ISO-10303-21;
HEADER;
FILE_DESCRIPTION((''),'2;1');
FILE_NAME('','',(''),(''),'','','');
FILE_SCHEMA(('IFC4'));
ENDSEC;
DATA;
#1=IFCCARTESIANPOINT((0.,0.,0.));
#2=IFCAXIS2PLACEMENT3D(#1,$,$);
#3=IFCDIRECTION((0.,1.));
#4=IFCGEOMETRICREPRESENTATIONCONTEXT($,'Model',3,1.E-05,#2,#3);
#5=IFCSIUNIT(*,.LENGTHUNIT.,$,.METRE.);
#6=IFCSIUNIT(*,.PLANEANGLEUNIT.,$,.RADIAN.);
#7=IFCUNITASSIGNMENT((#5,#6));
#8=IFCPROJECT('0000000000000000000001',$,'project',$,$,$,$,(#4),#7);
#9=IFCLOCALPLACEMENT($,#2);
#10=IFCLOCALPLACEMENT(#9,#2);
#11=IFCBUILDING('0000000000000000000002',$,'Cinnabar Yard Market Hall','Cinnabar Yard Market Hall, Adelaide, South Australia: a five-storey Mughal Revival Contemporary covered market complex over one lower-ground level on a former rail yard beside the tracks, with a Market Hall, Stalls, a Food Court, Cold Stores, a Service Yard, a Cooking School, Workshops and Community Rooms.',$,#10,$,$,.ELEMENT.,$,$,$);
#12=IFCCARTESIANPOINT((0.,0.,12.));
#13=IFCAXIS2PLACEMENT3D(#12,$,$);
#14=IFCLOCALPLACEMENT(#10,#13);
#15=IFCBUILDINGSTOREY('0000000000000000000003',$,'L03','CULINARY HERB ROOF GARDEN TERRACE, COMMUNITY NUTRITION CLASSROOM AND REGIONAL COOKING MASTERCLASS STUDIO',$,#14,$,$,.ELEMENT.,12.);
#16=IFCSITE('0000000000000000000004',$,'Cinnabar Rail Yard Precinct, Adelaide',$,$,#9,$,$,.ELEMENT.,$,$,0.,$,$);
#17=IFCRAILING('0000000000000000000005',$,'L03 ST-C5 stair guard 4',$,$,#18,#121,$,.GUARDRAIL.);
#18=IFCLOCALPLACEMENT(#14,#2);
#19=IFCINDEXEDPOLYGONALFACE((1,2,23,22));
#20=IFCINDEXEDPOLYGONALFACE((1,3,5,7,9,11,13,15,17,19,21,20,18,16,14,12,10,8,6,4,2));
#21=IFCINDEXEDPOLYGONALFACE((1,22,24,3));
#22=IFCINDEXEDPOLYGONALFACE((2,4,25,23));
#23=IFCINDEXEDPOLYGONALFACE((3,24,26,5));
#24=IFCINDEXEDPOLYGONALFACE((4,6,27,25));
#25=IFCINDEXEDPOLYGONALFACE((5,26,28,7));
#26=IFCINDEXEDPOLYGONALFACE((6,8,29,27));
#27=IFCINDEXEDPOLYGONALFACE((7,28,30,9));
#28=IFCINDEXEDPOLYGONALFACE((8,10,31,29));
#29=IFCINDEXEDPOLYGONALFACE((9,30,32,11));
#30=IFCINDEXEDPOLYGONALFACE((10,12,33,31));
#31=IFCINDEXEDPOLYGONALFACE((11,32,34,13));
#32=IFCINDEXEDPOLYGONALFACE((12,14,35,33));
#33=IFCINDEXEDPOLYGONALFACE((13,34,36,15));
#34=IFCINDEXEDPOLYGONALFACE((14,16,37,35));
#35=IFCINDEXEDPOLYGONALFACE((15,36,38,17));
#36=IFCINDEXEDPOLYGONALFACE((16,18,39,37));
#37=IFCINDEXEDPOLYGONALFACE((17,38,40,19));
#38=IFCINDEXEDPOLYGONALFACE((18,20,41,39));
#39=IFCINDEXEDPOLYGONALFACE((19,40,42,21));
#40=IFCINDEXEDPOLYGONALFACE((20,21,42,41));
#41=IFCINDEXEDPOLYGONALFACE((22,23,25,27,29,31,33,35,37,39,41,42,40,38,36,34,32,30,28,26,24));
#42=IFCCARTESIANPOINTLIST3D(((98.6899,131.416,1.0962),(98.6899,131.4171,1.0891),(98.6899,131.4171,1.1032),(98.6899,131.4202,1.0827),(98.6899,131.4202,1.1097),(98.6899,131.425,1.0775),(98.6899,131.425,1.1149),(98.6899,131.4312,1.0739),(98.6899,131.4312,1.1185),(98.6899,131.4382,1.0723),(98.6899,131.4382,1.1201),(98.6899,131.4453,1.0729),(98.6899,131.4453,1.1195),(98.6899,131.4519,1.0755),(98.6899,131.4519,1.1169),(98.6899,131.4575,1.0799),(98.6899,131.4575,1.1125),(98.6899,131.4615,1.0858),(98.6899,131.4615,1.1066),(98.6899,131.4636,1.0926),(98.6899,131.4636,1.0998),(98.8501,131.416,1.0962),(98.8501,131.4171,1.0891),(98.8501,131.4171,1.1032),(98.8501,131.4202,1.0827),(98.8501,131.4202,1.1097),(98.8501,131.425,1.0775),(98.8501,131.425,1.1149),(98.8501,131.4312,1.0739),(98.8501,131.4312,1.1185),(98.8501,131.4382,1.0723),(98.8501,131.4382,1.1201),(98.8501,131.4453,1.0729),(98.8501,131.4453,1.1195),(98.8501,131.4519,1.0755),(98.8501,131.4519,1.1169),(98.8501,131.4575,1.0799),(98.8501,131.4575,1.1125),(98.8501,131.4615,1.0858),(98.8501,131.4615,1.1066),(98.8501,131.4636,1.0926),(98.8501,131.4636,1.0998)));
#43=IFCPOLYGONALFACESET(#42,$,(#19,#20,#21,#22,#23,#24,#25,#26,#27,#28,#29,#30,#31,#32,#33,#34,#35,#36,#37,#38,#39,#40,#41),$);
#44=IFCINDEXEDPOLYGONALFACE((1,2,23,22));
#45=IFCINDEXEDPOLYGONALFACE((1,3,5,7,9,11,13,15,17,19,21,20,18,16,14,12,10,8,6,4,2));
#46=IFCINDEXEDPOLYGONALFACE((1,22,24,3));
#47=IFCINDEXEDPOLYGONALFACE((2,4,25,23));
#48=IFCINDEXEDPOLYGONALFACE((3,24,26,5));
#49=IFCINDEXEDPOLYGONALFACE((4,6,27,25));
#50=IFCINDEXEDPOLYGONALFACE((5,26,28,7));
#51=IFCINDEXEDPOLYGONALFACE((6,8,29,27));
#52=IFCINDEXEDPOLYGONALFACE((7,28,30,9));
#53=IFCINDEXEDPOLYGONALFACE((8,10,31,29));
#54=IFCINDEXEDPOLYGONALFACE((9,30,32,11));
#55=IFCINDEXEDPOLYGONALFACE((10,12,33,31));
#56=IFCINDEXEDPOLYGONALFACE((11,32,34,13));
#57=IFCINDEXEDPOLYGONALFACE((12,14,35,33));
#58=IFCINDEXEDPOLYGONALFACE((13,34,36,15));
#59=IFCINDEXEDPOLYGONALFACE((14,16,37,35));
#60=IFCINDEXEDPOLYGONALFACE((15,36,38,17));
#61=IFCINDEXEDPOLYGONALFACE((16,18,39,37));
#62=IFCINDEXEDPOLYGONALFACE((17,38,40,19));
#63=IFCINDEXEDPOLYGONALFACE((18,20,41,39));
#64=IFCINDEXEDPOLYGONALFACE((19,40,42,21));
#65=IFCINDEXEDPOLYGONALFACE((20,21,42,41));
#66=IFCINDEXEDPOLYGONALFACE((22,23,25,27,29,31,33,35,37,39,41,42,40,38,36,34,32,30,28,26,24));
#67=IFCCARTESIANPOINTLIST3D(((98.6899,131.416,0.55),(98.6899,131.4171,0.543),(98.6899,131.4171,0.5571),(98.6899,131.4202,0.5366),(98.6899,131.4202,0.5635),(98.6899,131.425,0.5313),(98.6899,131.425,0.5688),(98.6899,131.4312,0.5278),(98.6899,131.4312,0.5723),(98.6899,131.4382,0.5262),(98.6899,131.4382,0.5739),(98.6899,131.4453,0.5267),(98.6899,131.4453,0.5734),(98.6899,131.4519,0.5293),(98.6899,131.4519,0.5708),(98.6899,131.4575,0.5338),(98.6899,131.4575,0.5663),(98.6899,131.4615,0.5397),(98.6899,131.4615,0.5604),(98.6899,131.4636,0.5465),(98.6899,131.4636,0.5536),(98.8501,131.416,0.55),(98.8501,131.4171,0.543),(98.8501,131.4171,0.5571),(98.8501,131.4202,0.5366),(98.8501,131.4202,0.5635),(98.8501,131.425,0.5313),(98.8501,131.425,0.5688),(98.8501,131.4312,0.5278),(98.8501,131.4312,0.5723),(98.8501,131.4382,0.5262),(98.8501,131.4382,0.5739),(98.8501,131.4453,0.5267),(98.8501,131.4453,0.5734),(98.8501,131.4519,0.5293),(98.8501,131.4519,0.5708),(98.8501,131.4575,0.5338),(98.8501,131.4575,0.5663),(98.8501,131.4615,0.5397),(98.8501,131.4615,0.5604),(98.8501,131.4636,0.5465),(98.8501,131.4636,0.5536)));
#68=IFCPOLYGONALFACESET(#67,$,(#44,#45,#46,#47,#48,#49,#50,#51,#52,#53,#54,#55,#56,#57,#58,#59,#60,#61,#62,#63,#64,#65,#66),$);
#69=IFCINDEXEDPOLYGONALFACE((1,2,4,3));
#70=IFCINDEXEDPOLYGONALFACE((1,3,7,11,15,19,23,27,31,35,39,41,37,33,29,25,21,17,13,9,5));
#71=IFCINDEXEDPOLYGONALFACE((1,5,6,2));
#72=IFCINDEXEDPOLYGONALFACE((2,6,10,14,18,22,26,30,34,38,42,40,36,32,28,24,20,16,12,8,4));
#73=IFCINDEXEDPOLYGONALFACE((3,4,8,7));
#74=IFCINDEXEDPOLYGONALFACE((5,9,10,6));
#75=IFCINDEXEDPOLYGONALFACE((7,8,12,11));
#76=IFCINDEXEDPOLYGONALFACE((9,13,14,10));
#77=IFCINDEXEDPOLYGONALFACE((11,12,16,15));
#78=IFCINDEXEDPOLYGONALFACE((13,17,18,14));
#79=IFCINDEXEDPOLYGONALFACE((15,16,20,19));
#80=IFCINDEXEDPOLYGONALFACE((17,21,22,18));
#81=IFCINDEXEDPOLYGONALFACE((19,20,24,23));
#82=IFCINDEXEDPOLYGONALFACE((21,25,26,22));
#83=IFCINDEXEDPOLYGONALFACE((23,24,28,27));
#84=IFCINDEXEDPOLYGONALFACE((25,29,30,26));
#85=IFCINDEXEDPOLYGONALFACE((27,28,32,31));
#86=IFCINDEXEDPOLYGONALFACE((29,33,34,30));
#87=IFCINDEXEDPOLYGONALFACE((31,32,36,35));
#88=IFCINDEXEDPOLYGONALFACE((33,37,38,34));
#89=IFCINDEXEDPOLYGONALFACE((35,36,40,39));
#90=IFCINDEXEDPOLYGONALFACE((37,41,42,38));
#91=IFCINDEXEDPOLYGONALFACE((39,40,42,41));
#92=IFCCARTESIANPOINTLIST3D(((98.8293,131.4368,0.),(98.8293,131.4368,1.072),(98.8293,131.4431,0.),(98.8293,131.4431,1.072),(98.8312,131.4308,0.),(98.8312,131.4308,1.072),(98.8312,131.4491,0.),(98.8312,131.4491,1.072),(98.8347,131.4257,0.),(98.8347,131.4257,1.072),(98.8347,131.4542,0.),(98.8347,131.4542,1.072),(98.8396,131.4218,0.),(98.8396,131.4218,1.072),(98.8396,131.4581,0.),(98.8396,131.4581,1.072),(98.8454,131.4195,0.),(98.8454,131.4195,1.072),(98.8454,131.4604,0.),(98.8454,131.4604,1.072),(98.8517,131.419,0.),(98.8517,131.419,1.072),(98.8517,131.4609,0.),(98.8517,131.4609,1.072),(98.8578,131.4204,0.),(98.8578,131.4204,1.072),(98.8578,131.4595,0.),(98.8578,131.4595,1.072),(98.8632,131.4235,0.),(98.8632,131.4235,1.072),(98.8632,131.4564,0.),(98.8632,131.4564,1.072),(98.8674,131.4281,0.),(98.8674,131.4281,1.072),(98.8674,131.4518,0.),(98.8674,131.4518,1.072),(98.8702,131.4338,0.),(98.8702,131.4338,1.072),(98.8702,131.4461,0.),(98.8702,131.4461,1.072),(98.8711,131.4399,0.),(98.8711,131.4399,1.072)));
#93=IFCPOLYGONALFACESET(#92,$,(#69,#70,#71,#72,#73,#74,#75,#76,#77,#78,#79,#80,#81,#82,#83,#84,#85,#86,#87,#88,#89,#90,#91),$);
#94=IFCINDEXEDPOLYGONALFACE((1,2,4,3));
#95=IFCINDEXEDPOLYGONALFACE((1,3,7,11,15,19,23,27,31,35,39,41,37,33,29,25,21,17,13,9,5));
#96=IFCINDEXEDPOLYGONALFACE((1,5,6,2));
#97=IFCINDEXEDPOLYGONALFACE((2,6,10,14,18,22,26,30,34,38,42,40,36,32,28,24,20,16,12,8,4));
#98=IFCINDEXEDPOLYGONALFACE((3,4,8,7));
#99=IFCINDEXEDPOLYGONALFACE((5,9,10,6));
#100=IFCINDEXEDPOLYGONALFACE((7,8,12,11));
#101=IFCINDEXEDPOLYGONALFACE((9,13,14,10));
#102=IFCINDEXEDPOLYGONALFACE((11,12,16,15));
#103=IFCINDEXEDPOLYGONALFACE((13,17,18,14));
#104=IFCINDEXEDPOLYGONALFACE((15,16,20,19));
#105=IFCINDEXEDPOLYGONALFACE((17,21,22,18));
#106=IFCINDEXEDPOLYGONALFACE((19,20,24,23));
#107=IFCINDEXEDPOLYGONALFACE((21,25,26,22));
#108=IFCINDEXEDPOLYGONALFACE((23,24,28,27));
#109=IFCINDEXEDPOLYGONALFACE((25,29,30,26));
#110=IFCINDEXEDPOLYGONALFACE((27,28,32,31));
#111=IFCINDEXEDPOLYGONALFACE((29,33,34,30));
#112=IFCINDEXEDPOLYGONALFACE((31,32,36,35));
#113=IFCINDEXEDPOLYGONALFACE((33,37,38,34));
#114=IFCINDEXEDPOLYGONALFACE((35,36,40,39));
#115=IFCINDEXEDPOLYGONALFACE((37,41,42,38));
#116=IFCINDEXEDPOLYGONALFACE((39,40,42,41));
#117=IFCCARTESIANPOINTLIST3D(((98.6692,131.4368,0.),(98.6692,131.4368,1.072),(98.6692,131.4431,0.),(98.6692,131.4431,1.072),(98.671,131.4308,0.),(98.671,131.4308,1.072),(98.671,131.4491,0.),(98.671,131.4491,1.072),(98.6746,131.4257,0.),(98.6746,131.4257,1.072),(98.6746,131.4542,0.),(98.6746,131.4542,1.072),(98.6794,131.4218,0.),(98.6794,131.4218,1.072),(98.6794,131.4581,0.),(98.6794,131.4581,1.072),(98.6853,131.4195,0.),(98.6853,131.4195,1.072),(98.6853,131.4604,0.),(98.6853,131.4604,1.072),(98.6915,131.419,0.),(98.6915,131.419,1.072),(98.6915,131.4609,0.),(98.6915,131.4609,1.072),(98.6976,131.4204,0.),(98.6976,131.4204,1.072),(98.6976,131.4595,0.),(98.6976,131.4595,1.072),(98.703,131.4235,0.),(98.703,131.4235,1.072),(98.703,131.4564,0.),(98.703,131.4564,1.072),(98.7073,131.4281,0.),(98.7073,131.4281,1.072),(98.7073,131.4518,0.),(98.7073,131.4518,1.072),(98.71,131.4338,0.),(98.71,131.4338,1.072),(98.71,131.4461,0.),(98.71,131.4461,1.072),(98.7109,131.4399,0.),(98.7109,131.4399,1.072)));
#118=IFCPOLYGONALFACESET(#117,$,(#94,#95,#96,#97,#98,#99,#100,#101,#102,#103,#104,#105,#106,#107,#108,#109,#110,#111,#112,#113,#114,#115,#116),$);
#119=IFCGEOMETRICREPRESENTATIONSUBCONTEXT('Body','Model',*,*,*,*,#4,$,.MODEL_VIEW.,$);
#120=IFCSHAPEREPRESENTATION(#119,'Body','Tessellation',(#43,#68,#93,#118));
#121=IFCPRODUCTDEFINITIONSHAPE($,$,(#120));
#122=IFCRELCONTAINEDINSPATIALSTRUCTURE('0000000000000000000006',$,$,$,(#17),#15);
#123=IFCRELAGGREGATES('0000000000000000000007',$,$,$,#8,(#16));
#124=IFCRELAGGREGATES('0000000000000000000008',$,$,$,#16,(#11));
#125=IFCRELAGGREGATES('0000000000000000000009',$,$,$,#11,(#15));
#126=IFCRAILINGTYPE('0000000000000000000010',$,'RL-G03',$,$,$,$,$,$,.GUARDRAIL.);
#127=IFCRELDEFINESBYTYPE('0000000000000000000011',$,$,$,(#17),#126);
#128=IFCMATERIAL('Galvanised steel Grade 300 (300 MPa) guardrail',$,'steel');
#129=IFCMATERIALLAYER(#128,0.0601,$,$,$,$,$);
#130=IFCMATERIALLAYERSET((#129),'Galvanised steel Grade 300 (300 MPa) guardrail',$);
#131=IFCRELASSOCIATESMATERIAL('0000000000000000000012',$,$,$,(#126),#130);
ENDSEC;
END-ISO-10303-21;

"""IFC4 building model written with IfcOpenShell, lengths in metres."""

from ifc_helpers import new_model, si_unit, direction, frame, origin, origin_2d_with_axis, place, context, subcontext, project, spatial, circle, extrude, material, layer, layer_set, type_object, element, save


model = new_model("IFC4")

# Units and contexts
model_context = context("Model", 3, precision=1e-05, world=origin(), true_north=direction((0.0, 1.0)))
body_context = subcontext(model_context, "Body", "Model", "MODEL_VIEW")
ifc_project = project(units=[si_unit("LENGTHUNIT", "METRE"), si_unit("PLANEANGLEUNIT", "RADIAN")], contexts=[model_context])

# Site, building, storey
site_placement = place(None, origin())
site = spatial("IfcSite", under=ifc_project, at=site_placement, Name="Cinnabar Rail Yard Precinct, Adelaide", CompositionType="ELEMENT", RefElevation=0.0)
building_placement = place(site_placement, origin())
building = spatial("IfcBuilding", under=site, at=building_placement, Name="Cinnabar Yard Market Hall", Description="Cinnabar Yard Market Hall, Adelaide, South Australia: a five-storey Mughal Revival Contemporary covered market complex over one lower-ground level on a former rail yard beside the tracks, with a Market Hall, Stalls, a Food Court, Cold Stores, a Service Yard, a Cooking School, Workshops and Community Rooms.", CompositionType="ELEMENT")
storey_placement = place(building_placement, frame((0.0, 0.0, 12.0)))
storey = spatial("IfcBuildingStorey", under=building, at=storey_placement, Name="L03", Description="CULINARY HERB ROOF GARDEN TERRACE, COMMUNITY NUTRITION CLASSROOM AND REGIONAL COOKING MASTERCLASS STUDIO", CompositionType="ELEMENT", Elevation=12.0)

# Railing
ifc_material_1 = material(Name="Galvanised steel Grade 300 (300 MPa) guardrail", Category="steel")
ifc_layer_1 = layer(ifc_material_1, 0.0601)
ifc_layer_set_1 = layer_set([ifc_layer_1], Name="Galvanised steel Grade 300 (300 MPa) guardrail")
railing_type_1 = type_object("IfcRailingType", Name="RL-G03", PredefinedType="GUARDRAIL", material=ifc_layer_set_1)
railing_1_placement = place(storey_placement, frame((98.8501, 131.4399, 0.0)))
element("IfcRailing", 1, at=railing_1_placement, inside=storey, type_object=railing_type_1, Name="L03 ST-C5 stair guard 4", PredefinedType="GUARDRAIL", context=body_context, shape_type="SweptSolid", body=[
    extrude(circle(Radius=0.0239, at=origin_2d_with_axis()), frame((0.0, 0.0, 1.0962), z_axis=(-1.0, 0.0, 0.0), x_axis=(0.0, -1.0, 0.0)), (0.0, 0.0, 1.0), 0.1602),
    extrude(circle(Radius=0.0239, at=origin_2d_with_axis()), frame((0.0, 0.0, 0.55), z_axis=(-1.0, 0.0, 0.0), x_axis=(0.0, -1.0, 0.0)), (0.0, 0.0, 1.0), 0.1602),
    extrude(circle(Radius=0.021, at=origin_2d_with_axis()), origin(), (0.0, 0.0, 1.0), 1.072),
    extrude(circle(Radius=0.021, at=origin_2d_with_axis()), frame((-0.1602, 0.0, 0.0)), (0.0, 0.0, 1.0), 1.072),
])

save(model, "model.ifc")
